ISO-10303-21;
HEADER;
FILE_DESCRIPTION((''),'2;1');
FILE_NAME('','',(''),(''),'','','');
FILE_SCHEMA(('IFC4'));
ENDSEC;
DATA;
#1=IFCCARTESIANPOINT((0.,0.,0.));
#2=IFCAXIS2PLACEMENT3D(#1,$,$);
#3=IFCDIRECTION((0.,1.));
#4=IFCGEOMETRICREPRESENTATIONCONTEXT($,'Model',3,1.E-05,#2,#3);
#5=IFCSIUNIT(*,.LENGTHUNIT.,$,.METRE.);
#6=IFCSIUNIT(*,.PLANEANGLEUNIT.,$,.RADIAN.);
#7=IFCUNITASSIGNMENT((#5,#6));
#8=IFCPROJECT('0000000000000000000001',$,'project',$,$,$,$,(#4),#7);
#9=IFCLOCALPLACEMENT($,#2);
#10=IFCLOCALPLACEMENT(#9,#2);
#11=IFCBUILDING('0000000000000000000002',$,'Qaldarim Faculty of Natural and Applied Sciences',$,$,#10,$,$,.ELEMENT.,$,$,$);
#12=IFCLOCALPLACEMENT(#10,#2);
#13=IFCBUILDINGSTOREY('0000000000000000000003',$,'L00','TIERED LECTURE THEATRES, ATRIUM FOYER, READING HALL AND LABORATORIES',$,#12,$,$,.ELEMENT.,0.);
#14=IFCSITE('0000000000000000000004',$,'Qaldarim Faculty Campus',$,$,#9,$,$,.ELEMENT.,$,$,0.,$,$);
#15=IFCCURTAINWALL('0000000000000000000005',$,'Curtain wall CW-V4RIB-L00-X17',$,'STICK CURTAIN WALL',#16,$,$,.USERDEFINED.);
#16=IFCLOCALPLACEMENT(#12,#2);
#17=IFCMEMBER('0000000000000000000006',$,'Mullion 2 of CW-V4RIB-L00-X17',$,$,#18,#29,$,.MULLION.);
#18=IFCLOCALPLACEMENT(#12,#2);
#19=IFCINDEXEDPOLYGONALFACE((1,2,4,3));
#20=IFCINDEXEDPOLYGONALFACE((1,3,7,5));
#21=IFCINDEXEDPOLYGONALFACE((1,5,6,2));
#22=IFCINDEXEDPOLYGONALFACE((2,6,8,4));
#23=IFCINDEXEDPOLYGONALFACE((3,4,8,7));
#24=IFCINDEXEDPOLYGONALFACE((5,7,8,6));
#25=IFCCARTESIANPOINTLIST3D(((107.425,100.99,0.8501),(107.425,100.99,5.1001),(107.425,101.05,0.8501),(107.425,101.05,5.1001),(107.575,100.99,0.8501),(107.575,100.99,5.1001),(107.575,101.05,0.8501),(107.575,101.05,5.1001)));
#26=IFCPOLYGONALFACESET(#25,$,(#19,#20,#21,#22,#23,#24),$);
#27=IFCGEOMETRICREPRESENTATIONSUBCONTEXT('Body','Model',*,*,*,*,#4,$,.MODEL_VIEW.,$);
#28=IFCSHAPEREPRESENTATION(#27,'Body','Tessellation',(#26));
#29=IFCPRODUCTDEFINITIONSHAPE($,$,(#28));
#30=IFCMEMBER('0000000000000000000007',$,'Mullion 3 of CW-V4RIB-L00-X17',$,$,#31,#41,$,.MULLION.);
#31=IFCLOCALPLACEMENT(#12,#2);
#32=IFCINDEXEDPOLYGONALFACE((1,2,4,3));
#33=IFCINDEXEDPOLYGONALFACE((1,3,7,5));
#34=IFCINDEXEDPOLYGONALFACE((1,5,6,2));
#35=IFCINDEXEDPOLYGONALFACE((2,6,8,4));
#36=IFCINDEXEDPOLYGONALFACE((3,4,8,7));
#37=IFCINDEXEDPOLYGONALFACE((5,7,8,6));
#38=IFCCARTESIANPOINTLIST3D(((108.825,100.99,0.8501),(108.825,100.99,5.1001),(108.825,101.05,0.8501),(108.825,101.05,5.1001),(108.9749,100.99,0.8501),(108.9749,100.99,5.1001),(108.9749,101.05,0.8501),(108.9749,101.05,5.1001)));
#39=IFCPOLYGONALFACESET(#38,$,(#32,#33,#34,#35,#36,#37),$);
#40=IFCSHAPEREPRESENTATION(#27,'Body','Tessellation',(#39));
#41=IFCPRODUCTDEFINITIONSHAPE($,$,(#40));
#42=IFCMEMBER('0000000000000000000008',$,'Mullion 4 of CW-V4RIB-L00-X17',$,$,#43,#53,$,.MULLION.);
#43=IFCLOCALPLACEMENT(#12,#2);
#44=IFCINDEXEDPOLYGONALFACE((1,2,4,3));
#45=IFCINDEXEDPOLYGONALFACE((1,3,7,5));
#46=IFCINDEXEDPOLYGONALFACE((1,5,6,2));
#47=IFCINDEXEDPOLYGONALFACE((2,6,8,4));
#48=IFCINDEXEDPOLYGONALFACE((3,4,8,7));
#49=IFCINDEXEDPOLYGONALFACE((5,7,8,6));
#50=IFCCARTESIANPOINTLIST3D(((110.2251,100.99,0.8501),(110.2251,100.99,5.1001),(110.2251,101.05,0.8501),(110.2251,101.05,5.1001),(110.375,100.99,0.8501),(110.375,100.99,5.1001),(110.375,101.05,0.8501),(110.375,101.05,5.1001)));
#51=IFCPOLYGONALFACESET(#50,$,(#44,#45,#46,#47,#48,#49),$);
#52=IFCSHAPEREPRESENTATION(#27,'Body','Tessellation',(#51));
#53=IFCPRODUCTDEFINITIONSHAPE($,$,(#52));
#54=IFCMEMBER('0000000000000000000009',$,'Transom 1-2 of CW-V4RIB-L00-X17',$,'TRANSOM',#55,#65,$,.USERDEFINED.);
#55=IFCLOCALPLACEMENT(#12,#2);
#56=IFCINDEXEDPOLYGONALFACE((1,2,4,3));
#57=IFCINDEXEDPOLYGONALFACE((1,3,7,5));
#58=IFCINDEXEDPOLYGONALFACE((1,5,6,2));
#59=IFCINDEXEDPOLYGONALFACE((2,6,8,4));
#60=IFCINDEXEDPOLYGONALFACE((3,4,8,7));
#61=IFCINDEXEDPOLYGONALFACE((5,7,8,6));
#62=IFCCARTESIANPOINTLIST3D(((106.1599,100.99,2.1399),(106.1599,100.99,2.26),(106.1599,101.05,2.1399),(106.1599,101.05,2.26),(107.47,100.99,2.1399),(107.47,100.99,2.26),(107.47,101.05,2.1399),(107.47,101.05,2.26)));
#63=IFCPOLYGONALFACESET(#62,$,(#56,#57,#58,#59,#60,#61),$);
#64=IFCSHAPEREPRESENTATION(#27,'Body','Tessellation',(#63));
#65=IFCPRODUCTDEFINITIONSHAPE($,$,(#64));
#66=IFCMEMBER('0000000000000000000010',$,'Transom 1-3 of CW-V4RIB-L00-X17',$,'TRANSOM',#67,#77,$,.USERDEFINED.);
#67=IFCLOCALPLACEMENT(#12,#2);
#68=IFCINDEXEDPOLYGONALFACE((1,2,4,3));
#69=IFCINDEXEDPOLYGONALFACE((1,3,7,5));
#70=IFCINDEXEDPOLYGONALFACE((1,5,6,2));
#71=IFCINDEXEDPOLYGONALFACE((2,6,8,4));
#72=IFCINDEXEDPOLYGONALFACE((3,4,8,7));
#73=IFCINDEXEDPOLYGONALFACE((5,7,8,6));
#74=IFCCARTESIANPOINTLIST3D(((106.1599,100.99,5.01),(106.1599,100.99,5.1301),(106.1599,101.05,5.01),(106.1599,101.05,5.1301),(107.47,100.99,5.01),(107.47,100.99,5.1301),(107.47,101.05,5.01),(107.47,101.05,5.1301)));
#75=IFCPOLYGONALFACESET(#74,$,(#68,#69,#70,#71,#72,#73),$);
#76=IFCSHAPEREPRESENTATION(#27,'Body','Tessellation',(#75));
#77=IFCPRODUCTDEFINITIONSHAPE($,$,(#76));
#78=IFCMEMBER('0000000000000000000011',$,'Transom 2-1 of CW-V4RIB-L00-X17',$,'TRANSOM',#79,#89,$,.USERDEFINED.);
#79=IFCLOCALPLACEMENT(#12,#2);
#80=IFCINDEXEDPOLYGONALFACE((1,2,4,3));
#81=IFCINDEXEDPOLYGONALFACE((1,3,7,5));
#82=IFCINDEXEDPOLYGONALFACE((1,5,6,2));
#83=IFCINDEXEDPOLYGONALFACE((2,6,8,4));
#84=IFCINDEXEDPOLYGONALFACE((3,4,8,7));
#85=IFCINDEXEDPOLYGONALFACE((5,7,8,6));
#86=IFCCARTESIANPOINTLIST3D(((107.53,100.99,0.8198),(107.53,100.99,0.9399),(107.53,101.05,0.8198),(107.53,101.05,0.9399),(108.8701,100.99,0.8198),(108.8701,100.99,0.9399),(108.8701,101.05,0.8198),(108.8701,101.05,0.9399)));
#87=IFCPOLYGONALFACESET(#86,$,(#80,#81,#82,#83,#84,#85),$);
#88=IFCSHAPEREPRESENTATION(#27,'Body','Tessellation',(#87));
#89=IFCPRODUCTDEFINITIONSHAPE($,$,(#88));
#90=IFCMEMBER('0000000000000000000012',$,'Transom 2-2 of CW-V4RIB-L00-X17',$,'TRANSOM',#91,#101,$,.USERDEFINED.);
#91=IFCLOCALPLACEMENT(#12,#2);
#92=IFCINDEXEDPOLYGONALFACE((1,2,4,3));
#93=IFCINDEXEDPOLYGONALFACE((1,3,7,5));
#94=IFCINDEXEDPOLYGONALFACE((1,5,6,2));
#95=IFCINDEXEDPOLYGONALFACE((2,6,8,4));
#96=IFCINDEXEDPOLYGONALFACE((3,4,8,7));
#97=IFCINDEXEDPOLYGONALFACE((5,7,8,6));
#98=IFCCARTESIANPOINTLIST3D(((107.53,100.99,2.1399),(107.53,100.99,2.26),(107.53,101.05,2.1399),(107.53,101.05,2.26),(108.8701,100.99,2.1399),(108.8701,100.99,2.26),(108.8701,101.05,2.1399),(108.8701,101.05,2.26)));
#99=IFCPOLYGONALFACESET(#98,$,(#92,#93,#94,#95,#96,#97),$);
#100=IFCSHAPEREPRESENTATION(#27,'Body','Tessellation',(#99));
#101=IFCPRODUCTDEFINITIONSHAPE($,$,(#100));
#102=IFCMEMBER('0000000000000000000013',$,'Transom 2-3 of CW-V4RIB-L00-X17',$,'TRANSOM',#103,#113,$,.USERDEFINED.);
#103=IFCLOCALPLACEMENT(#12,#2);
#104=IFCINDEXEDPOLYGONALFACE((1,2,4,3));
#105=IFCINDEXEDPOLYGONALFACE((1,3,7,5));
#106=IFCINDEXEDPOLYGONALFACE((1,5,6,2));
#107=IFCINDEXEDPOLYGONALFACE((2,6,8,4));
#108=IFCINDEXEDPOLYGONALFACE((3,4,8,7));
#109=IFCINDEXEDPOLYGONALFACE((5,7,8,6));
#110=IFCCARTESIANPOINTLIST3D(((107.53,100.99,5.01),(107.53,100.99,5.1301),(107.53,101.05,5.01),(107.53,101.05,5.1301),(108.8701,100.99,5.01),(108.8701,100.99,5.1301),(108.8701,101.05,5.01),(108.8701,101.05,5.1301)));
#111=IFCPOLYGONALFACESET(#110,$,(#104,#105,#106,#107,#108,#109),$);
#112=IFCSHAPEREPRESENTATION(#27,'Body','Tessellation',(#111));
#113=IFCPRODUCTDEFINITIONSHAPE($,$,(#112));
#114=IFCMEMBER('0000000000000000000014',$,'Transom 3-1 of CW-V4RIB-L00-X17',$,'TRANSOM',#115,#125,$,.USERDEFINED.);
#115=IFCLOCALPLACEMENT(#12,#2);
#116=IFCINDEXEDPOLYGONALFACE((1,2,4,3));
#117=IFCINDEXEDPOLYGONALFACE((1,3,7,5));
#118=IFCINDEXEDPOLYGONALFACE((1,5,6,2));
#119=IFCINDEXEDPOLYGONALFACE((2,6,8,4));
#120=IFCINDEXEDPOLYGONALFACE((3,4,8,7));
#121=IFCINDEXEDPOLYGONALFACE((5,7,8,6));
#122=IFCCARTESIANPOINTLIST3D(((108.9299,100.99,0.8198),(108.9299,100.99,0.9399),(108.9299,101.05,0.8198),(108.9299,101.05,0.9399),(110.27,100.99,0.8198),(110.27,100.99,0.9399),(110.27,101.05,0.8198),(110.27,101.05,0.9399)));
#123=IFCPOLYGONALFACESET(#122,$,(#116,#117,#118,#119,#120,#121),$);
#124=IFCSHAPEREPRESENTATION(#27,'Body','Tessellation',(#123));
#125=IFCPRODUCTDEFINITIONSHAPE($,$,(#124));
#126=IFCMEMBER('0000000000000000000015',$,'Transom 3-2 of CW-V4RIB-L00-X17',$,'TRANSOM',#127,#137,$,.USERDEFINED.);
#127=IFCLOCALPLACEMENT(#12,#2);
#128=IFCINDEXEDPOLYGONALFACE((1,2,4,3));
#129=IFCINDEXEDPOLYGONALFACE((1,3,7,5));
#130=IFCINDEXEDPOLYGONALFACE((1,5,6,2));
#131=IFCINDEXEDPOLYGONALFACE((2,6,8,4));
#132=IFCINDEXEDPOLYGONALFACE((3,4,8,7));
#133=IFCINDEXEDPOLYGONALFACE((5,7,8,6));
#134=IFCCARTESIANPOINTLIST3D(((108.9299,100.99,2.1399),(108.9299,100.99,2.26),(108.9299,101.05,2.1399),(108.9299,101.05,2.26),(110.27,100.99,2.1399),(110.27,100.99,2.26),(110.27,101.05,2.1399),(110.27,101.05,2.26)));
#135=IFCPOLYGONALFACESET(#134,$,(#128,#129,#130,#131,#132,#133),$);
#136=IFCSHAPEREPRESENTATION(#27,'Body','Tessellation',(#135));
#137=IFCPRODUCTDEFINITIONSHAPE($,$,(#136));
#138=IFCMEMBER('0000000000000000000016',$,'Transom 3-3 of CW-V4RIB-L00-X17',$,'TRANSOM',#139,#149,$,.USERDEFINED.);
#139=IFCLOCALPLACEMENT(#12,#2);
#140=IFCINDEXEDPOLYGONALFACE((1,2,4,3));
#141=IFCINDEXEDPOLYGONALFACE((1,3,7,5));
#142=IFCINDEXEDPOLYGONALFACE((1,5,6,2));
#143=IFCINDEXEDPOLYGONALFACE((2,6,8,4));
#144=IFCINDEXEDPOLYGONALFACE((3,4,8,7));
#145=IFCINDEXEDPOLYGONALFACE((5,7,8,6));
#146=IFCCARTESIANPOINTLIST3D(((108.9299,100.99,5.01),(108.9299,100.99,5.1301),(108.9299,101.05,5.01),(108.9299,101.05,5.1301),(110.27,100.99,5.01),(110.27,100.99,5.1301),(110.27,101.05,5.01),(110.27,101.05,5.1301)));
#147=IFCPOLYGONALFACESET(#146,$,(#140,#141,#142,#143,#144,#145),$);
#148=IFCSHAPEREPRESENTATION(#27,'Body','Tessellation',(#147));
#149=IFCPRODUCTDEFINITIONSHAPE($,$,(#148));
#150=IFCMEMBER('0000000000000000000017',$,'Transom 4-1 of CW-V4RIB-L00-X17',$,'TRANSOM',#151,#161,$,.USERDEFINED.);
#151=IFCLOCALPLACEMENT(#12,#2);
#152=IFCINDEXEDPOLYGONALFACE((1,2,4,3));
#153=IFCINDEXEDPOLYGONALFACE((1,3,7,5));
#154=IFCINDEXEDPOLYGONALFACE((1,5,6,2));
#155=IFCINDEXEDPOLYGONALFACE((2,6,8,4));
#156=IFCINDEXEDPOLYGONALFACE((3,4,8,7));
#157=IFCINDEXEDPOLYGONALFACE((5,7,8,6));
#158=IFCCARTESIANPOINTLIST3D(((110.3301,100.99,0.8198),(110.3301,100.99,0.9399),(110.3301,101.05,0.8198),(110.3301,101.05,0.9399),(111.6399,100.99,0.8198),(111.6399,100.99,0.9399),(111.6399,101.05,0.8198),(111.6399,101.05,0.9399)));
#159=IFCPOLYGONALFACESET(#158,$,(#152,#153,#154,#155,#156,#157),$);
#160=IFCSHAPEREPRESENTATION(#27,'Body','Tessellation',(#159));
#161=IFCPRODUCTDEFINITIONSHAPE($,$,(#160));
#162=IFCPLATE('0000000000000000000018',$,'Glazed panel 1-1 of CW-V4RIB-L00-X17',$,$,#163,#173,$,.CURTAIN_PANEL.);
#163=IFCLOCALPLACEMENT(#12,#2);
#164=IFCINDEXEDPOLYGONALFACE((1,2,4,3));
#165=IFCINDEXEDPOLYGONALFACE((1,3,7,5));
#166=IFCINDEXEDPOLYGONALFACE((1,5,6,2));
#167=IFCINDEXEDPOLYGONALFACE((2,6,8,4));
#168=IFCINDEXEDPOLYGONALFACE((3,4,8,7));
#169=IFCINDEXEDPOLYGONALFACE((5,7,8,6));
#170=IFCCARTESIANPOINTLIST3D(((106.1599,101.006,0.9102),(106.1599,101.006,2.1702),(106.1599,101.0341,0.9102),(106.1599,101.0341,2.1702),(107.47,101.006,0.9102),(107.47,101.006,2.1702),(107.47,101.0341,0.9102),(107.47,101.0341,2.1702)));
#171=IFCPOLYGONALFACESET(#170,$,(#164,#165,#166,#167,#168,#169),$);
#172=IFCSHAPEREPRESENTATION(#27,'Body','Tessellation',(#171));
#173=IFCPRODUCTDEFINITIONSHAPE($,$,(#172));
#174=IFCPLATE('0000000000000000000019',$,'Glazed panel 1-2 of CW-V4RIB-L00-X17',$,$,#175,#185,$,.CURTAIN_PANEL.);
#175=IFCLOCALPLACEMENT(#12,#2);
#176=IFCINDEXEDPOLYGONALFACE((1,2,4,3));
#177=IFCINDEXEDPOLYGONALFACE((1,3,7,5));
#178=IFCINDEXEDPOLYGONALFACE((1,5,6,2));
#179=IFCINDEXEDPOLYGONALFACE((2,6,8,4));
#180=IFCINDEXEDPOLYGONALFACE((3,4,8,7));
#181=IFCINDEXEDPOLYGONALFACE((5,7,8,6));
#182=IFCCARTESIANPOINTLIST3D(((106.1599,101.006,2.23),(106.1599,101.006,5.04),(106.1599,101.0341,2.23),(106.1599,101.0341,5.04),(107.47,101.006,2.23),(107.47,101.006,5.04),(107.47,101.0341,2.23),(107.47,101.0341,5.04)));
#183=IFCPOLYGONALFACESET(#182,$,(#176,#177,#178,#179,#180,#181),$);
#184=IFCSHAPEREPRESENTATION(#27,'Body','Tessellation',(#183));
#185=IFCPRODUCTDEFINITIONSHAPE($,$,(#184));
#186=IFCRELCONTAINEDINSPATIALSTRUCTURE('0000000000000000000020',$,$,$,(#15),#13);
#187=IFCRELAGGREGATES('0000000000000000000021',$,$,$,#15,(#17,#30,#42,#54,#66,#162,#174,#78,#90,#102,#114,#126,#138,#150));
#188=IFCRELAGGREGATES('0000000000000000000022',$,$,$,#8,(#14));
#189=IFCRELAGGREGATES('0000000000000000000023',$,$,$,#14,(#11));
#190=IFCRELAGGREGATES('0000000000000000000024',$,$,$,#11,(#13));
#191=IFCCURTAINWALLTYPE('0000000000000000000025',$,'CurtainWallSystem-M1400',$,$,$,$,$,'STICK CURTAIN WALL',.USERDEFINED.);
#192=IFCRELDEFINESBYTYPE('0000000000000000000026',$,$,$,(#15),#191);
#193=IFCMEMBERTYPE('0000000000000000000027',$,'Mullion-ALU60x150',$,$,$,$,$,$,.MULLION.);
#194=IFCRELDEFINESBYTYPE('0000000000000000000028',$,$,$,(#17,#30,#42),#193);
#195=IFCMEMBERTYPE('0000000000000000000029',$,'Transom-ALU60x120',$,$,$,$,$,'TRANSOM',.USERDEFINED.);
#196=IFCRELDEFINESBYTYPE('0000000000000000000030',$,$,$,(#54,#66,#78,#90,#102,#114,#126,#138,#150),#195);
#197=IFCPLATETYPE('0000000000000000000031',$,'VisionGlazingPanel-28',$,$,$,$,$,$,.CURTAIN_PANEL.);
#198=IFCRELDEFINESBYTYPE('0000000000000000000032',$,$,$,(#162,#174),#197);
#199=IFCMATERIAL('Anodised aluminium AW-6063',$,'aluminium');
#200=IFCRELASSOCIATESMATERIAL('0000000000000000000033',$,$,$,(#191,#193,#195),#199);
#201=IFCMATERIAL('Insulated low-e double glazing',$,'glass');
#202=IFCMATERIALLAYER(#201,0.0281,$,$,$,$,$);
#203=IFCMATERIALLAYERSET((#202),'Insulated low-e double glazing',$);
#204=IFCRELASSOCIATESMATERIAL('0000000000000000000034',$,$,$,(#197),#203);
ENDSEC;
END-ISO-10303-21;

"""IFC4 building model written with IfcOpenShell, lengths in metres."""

from ifc_helpers import new_model, si_unit, direction, frame, origin, origin_2d, place, context, subcontext, project, spatial, rectangle, extrude, material, layer, layer_set, material_profile, profile_set, type_object, element, aggregate, save


model = new_model("IFC4")

# Units and contexts
model_context = context("Model", 3, precision=1e-05, world=origin(), true_north=direction((0.0, 1.0)))
body_context = subcontext(model_context, "Body", "Model", "MODEL_VIEW")
ifc_project = project(units=[si_unit("LENGTHUNIT", "METRE"), si_unit("PLANEANGLEUNIT", "RADIAN")], contexts=[model_context])

# Site, building, storey
site_placement = place(None, origin())
site = spatial("IfcSite", under=ifc_project, at=site_placement, Name="Qaldarim Faculty Campus", CompositionType="ELEMENT", RefElevation=0.0)
building_placement = place(site_placement, origin())
building = spatial("IfcBuilding", under=site, at=building_placement, Name="Qaldarim Faculty of Natural and Applied Sciences", CompositionType="ELEMENT")
storey_placement = place(building_placement, origin())
storey = spatial("IfcBuildingStorey", under=building, at=storey_placement, Name="L00", Description="TIERED LECTURE THEATRES, ATRIUM FOYER, READING HALL AND LABORATORIES", CompositionType="ELEMENT", Elevation=0.0)

# Curtain wall, members, plates
ifc_material_1 = material(Name="Anodised aluminium AW-6063", Category="aluminium")
curtain_wall_type = type_object("IfcCurtainWallType", Name="CurtainWallSystem-M1400", ElementType="STICK CURTAIN WALL", PredefinedType="USERDEFINED", material=ifc_material_1)
curtain_wall_placement = place(storey_placement, origin())
curtain_wall = element("IfcCurtainWall", 1, at=curtain_wall_placement, inside=storey, type_object=curtain_wall_type, Name="Curtain wall CW-V4RIB-L00-X17", ObjectType="STICK CURTAIN WALL", PredefinedType="USERDEFINED")
ifc_material_profile_1 = material_profile(ifc_material_1, rectangle(XDim=0.0601, YDim=0.1499, at=origin_2d()), Name="ALU-M60x150")
ifc_profile_set_1 = profile_set([ifc_material_profile_1], Name="Anodised aluminium AW-6063")
member_type_1 = type_object("IfcMemberType", Name="Mullion-ALU60x150", PredefinedType="MULLION", material=ifc_profile_set_1)
member_1_placement = place(storey_placement, frame((107.5, 101.02, 0.8501), z_axis=(0.0, 0.0, 1.0), x_axis=(0.0, 1.0, 0.0)))
member_1 = element("IfcMember", 2, at=member_1_placement, type_object=member_type_1, Name="Mullion 2 of CW-V4RIB-L00-X17", PredefinedType="MULLION", context=body_context, shape_type="SweptSolid", body=[
    extrude(rectangle(XDim=0.0601, YDim=0.1499, at=origin_2d()), origin(), (0.0, 0.0, 1.0), 4.25),
])
member_2_placement = place(storey_placement, frame((108.8999, 101.02, 0.8501), z_axis=(0.0, 0.0, 1.0), x_axis=(0.0, 1.0, 0.0)))
member_2 = element("IfcMember", 3, at=member_2_placement, type_object=member_type_1, Name="Mullion 3 of CW-V4RIB-L00-X17", PredefinedType="MULLION", context=body_context, shape_type="SweptSolid", body=[
    extrude(rectangle(XDim=0.0601, YDim=0.1499, at=origin_2d()), origin(), (0.0, 0.0, 1.0), 4.25),
])
member_3_placement = place(storey_placement, frame((110.3, 101.02, 0.8501), z_axis=(0.0, 0.0, 1.0), x_axis=(0.0, 1.0, 0.0)))
member_3 = element("IfcMember", 4, at=member_3_placement, type_object=member_type_1, Name="Mullion 4 of CW-V4RIB-L00-X17", PredefinedType="MULLION", context=body_context, shape_type="SweptSolid", body=[
    extrude(rectangle(XDim=0.0601, YDim=0.1499, at=origin_2d()), origin(), (0.0, 0.0, 1.0), 4.25),
])
ifc_material_profile_2 = material_profile(ifc_material_1, rectangle(XDim=0.0601, YDim=0.1201, at=origin_2d()), Name="ALU-T60x120")
ifc_profile_set_2 = profile_set([ifc_material_profile_2], Name="Anodised aluminium AW-6063")
member_type_2 = type_object("IfcMemberType", Name="Transom-ALU60x120", ElementType="TRANSOM", PredefinedType="USERDEFINED", material=ifc_profile_set_2)
member_4_placement = place(storey_placement, frame((106.1599, 101.02, 2.2), z_axis=(1.0, 0.0, 0.0), x_axis=(0.0, 1.0, 0.0)))
member_4 = element("IfcMember", 5, at=member_4_placement, type_object=member_type_2, Name="Transom 1-2 of CW-V4RIB-L00-X17", ObjectType="TRANSOM", PredefinedType="USERDEFINED", context=body_context, shape_type="SweptSolid", body=[
    extrude(rectangle(XDim=0.0601, YDim=0.1201, at=origin_2d()), origin(), (0.0, 0.0, 1.0), 1.3101),
])
member_5_placement = place(storey_placement, frame((106.1599, 101.02, 5.0701), z_axis=(1.0, 0.0, 0.0), x_axis=(0.0, 1.0, 0.0)))
member_5 = element("IfcMember", 6, at=member_5_placement, type_object=member_type_2, Name="Transom 1-3 of CW-V4RIB-L00-X17", ObjectType="TRANSOM", PredefinedType="USERDEFINED", context=body_context, shape_type="SweptSolid", body=[
    extrude(rectangle(XDim=0.0601, YDim=0.1201, at=origin_2d()), origin(), (0.0, 0.0, 1.0), 1.3101),
])
member_6_placement = place(storey_placement, frame((107.53, 101.02, 0.8799), z_axis=(1.0, 0.0, 0.0), x_axis=(0.0, 1.0, 0.0)))
member_6 = element("IfcMember", 7, at=member_6_placement, type_object=member_type_2, Name="Transom 2-1 of CW-V4RIB-L00-X17", ObjectType="TRANSOM", PredefinedType="USERDEFINED", context=body_context, shape_type="SweptSolid", body=[
    extrude(rectangle(XDim=0.0601, YDim=0.1201, at=origin_2d()), origin(), (0.0, 0.0, 1.0), 1.3401),
])
member_7_placement = place(storey_placement, frame((107.53, 101.02, 2.2), z_axis=(1.0, 0.0, 0.0), x_axis=(0.0, 1.0, 0.0)))
member_7 = element("IfcMember", 8, at=member_7_placement, type_object=member_type_2, Name="Transom 2-2 of CW-V4RIB-L00-X17", ObjectType="TRANSOM", PredefinedType="USERDEFINED", context=body_context, shape_type="SweptSolid", body=[
    extrude(rectangle(XDim=0.0601, YDim=0.1201, at=origin_2d()), origin(), (0.0, 0.0, 1.0), 1.3401),
])
member_8_placement = place(storey_placement, frame((107.53, 101.02, 5.0701), z_axis=(1.0, 0.0, 0.0), x_axis=(0.0, 1.0, 0.0)))
member_8 = element("IfcMember", 9, at=member_8_placement, type_object=member_type_2, Name="Transom 2-3 of CW-V4RIB-L00-X17", ObjectType="TRANSOM", PredefinedType="USERDEFINED", context=body_context, shape_type="SweptSolid", body=[
    extrude(rectangle(XDim=0.0601, YDim=0.1201, at=origin_2d()), origin(), (0.0, 0.0, 1.0), 1.3401),
])
member_9_placement = place(storey_placement, frame((108.9299, 101.02, 0.8799), z_axis=(1.0, 0.0, 0.0), x_axis=(0.0, 1.0, 0.0)))
member_9 = element("IfcMember", 10, at=member_9_placement, type_object=member_type_2, Name="Transom 3-1 of CW-V4RIB-L00-X17", ObjectType="TRANSOM", PredefinedType="USERDEFINED", context=body_context, shape_type="SweptSolid", body=[
    extrude(rectangle(XDim=0.0601, YDim=0.1201, at=origin_2d()), origin(), (0.0, 0.0, 1.0), 1.3401),
])
member_10_placement = place(storey_placement, frame((108.9299, 101.02, 2.2), z_axis=(1.0, 0.0, 0.0), x_axis=(0.0, 1.0, 0.0)))
member_10 = element("IfcMember", 11, at=member_10_placement, type_object=member_type_2, Name="Transom 3-2 of CW-V4RIB-L00-X17", ObjectType="TRANSOM", PredefinedType="USERDEFINED", context=body_context, shape_type="SweptSolid", body=[
    extrude(rectangle(XDim=0.0601, YDim=0.1201, at=origin_2d()), origin(), (0.0, 0.0, 1.0), 1.3401),
])
member_11_placement = place(storey_placement, frame((108.9299, 101.02, 5.0701), z_axis=(1.0, 0.0, 0.0), x_axis=(0.0, 1.0, 0.0)))
member_11 = element("IfcMember", 12, at=member_11_placement, type_object=member_type_2, Name="Transom 3-3 of CW-V4RIB-L00-X17", ObjectType="TRANSOM", PredefinedType="USERDEFINED", context=body_context, shape_type="SweptSolid", body=[
    extrude(rectangle(XDim=0.0601, YDim=0.1201, at=origin_2d()), origin(), (0.0, 0.0, 1.0), 1.3401),
])
member_12_placement = place(storey_placement, frame((110.3301, 101.02, 0.8799), z_axis=(1.0, 0.0, 0.0), x_axis=(0.0, 1.0, 0.0)))
member_12 = element("IfcMember", 13, at=member_12_placement, type_object=member_type_2, Name="Transom 4-1 of CW-V4RIB-L00-X17", ObjectType="TRANSOM", PredefinedType="USERDEFINED", context=body_context, shape_type="SweptSolid", body=[
    extrude(rectangle(XDim=0.0601, YDim=0.1201, at=origin_2d()), origin(), (0.0, 0.0, 1.0), 1.3098),
])
ifc_material_2 = material(Name="Insulated low-e double glazing", Category="glass")
ifc_layer = layer(ifc_material_2, 0.0281)
ifc_layer_set = layer_set([ifc_layer], Name="Insulated low-e double glazing")
plate_type = type_object("IfcPlateType", Name="VisionGlazingPanel-28", PredefinedType="CURTAIN_PANEL", material=ifc_layer_set)
plate_1_placement = place(storey_placement, frame((106.8149, 101.02, 0.9102), z_axis=(0.0, 0.0, 1.0), x_axis=(1.0, 0.0, 0.0)))
plate_1 = element("IfcPlate", 14, at=plate_1_placement, type_object=plate_type, Name="Glazed panel 1-1 of CW-V4RIB-L00-X17", PredefinedType="CURTAIN_PANEL", context=body_context, shape_type="SweptSolid", body=[
    extrude(rectangle(XDim=1.3101, YDim=0.0281, at=origin_2d()), origin(), (0.0, 0.0, 1.0), 1.26),
])
plate_2_placement = place(storey_placement, frame((106.8149, 101.02, 2.23), z_axis=(0.0, 0.0, 1.0), x_axis=(1.0, 0.0, 0.0)))
plate_2 = element("IfcPlate", 15, at=plate_2_placement, type_object=plate_type, Name="Glazed panel 1-2 of CW-V4RIB-L00-X17", PredefinedType="CURTAIN_PANEL", context=body_context, shape_type="SweptSolid", body=[
    extrude(rectangle(XDim=1.3101, YDim=0.0281, at=origin_2d()), origin(), (0.0, 0.0, 1.0), 2.8101),
])
aggregate(curtain_wall, [member_1, member_2, member_3, member_4, member_5, plate_1, plate_2, member_6, member_7, member_8, member_9, member_10, member_11, member_12])

save(model, "model.ifc")
